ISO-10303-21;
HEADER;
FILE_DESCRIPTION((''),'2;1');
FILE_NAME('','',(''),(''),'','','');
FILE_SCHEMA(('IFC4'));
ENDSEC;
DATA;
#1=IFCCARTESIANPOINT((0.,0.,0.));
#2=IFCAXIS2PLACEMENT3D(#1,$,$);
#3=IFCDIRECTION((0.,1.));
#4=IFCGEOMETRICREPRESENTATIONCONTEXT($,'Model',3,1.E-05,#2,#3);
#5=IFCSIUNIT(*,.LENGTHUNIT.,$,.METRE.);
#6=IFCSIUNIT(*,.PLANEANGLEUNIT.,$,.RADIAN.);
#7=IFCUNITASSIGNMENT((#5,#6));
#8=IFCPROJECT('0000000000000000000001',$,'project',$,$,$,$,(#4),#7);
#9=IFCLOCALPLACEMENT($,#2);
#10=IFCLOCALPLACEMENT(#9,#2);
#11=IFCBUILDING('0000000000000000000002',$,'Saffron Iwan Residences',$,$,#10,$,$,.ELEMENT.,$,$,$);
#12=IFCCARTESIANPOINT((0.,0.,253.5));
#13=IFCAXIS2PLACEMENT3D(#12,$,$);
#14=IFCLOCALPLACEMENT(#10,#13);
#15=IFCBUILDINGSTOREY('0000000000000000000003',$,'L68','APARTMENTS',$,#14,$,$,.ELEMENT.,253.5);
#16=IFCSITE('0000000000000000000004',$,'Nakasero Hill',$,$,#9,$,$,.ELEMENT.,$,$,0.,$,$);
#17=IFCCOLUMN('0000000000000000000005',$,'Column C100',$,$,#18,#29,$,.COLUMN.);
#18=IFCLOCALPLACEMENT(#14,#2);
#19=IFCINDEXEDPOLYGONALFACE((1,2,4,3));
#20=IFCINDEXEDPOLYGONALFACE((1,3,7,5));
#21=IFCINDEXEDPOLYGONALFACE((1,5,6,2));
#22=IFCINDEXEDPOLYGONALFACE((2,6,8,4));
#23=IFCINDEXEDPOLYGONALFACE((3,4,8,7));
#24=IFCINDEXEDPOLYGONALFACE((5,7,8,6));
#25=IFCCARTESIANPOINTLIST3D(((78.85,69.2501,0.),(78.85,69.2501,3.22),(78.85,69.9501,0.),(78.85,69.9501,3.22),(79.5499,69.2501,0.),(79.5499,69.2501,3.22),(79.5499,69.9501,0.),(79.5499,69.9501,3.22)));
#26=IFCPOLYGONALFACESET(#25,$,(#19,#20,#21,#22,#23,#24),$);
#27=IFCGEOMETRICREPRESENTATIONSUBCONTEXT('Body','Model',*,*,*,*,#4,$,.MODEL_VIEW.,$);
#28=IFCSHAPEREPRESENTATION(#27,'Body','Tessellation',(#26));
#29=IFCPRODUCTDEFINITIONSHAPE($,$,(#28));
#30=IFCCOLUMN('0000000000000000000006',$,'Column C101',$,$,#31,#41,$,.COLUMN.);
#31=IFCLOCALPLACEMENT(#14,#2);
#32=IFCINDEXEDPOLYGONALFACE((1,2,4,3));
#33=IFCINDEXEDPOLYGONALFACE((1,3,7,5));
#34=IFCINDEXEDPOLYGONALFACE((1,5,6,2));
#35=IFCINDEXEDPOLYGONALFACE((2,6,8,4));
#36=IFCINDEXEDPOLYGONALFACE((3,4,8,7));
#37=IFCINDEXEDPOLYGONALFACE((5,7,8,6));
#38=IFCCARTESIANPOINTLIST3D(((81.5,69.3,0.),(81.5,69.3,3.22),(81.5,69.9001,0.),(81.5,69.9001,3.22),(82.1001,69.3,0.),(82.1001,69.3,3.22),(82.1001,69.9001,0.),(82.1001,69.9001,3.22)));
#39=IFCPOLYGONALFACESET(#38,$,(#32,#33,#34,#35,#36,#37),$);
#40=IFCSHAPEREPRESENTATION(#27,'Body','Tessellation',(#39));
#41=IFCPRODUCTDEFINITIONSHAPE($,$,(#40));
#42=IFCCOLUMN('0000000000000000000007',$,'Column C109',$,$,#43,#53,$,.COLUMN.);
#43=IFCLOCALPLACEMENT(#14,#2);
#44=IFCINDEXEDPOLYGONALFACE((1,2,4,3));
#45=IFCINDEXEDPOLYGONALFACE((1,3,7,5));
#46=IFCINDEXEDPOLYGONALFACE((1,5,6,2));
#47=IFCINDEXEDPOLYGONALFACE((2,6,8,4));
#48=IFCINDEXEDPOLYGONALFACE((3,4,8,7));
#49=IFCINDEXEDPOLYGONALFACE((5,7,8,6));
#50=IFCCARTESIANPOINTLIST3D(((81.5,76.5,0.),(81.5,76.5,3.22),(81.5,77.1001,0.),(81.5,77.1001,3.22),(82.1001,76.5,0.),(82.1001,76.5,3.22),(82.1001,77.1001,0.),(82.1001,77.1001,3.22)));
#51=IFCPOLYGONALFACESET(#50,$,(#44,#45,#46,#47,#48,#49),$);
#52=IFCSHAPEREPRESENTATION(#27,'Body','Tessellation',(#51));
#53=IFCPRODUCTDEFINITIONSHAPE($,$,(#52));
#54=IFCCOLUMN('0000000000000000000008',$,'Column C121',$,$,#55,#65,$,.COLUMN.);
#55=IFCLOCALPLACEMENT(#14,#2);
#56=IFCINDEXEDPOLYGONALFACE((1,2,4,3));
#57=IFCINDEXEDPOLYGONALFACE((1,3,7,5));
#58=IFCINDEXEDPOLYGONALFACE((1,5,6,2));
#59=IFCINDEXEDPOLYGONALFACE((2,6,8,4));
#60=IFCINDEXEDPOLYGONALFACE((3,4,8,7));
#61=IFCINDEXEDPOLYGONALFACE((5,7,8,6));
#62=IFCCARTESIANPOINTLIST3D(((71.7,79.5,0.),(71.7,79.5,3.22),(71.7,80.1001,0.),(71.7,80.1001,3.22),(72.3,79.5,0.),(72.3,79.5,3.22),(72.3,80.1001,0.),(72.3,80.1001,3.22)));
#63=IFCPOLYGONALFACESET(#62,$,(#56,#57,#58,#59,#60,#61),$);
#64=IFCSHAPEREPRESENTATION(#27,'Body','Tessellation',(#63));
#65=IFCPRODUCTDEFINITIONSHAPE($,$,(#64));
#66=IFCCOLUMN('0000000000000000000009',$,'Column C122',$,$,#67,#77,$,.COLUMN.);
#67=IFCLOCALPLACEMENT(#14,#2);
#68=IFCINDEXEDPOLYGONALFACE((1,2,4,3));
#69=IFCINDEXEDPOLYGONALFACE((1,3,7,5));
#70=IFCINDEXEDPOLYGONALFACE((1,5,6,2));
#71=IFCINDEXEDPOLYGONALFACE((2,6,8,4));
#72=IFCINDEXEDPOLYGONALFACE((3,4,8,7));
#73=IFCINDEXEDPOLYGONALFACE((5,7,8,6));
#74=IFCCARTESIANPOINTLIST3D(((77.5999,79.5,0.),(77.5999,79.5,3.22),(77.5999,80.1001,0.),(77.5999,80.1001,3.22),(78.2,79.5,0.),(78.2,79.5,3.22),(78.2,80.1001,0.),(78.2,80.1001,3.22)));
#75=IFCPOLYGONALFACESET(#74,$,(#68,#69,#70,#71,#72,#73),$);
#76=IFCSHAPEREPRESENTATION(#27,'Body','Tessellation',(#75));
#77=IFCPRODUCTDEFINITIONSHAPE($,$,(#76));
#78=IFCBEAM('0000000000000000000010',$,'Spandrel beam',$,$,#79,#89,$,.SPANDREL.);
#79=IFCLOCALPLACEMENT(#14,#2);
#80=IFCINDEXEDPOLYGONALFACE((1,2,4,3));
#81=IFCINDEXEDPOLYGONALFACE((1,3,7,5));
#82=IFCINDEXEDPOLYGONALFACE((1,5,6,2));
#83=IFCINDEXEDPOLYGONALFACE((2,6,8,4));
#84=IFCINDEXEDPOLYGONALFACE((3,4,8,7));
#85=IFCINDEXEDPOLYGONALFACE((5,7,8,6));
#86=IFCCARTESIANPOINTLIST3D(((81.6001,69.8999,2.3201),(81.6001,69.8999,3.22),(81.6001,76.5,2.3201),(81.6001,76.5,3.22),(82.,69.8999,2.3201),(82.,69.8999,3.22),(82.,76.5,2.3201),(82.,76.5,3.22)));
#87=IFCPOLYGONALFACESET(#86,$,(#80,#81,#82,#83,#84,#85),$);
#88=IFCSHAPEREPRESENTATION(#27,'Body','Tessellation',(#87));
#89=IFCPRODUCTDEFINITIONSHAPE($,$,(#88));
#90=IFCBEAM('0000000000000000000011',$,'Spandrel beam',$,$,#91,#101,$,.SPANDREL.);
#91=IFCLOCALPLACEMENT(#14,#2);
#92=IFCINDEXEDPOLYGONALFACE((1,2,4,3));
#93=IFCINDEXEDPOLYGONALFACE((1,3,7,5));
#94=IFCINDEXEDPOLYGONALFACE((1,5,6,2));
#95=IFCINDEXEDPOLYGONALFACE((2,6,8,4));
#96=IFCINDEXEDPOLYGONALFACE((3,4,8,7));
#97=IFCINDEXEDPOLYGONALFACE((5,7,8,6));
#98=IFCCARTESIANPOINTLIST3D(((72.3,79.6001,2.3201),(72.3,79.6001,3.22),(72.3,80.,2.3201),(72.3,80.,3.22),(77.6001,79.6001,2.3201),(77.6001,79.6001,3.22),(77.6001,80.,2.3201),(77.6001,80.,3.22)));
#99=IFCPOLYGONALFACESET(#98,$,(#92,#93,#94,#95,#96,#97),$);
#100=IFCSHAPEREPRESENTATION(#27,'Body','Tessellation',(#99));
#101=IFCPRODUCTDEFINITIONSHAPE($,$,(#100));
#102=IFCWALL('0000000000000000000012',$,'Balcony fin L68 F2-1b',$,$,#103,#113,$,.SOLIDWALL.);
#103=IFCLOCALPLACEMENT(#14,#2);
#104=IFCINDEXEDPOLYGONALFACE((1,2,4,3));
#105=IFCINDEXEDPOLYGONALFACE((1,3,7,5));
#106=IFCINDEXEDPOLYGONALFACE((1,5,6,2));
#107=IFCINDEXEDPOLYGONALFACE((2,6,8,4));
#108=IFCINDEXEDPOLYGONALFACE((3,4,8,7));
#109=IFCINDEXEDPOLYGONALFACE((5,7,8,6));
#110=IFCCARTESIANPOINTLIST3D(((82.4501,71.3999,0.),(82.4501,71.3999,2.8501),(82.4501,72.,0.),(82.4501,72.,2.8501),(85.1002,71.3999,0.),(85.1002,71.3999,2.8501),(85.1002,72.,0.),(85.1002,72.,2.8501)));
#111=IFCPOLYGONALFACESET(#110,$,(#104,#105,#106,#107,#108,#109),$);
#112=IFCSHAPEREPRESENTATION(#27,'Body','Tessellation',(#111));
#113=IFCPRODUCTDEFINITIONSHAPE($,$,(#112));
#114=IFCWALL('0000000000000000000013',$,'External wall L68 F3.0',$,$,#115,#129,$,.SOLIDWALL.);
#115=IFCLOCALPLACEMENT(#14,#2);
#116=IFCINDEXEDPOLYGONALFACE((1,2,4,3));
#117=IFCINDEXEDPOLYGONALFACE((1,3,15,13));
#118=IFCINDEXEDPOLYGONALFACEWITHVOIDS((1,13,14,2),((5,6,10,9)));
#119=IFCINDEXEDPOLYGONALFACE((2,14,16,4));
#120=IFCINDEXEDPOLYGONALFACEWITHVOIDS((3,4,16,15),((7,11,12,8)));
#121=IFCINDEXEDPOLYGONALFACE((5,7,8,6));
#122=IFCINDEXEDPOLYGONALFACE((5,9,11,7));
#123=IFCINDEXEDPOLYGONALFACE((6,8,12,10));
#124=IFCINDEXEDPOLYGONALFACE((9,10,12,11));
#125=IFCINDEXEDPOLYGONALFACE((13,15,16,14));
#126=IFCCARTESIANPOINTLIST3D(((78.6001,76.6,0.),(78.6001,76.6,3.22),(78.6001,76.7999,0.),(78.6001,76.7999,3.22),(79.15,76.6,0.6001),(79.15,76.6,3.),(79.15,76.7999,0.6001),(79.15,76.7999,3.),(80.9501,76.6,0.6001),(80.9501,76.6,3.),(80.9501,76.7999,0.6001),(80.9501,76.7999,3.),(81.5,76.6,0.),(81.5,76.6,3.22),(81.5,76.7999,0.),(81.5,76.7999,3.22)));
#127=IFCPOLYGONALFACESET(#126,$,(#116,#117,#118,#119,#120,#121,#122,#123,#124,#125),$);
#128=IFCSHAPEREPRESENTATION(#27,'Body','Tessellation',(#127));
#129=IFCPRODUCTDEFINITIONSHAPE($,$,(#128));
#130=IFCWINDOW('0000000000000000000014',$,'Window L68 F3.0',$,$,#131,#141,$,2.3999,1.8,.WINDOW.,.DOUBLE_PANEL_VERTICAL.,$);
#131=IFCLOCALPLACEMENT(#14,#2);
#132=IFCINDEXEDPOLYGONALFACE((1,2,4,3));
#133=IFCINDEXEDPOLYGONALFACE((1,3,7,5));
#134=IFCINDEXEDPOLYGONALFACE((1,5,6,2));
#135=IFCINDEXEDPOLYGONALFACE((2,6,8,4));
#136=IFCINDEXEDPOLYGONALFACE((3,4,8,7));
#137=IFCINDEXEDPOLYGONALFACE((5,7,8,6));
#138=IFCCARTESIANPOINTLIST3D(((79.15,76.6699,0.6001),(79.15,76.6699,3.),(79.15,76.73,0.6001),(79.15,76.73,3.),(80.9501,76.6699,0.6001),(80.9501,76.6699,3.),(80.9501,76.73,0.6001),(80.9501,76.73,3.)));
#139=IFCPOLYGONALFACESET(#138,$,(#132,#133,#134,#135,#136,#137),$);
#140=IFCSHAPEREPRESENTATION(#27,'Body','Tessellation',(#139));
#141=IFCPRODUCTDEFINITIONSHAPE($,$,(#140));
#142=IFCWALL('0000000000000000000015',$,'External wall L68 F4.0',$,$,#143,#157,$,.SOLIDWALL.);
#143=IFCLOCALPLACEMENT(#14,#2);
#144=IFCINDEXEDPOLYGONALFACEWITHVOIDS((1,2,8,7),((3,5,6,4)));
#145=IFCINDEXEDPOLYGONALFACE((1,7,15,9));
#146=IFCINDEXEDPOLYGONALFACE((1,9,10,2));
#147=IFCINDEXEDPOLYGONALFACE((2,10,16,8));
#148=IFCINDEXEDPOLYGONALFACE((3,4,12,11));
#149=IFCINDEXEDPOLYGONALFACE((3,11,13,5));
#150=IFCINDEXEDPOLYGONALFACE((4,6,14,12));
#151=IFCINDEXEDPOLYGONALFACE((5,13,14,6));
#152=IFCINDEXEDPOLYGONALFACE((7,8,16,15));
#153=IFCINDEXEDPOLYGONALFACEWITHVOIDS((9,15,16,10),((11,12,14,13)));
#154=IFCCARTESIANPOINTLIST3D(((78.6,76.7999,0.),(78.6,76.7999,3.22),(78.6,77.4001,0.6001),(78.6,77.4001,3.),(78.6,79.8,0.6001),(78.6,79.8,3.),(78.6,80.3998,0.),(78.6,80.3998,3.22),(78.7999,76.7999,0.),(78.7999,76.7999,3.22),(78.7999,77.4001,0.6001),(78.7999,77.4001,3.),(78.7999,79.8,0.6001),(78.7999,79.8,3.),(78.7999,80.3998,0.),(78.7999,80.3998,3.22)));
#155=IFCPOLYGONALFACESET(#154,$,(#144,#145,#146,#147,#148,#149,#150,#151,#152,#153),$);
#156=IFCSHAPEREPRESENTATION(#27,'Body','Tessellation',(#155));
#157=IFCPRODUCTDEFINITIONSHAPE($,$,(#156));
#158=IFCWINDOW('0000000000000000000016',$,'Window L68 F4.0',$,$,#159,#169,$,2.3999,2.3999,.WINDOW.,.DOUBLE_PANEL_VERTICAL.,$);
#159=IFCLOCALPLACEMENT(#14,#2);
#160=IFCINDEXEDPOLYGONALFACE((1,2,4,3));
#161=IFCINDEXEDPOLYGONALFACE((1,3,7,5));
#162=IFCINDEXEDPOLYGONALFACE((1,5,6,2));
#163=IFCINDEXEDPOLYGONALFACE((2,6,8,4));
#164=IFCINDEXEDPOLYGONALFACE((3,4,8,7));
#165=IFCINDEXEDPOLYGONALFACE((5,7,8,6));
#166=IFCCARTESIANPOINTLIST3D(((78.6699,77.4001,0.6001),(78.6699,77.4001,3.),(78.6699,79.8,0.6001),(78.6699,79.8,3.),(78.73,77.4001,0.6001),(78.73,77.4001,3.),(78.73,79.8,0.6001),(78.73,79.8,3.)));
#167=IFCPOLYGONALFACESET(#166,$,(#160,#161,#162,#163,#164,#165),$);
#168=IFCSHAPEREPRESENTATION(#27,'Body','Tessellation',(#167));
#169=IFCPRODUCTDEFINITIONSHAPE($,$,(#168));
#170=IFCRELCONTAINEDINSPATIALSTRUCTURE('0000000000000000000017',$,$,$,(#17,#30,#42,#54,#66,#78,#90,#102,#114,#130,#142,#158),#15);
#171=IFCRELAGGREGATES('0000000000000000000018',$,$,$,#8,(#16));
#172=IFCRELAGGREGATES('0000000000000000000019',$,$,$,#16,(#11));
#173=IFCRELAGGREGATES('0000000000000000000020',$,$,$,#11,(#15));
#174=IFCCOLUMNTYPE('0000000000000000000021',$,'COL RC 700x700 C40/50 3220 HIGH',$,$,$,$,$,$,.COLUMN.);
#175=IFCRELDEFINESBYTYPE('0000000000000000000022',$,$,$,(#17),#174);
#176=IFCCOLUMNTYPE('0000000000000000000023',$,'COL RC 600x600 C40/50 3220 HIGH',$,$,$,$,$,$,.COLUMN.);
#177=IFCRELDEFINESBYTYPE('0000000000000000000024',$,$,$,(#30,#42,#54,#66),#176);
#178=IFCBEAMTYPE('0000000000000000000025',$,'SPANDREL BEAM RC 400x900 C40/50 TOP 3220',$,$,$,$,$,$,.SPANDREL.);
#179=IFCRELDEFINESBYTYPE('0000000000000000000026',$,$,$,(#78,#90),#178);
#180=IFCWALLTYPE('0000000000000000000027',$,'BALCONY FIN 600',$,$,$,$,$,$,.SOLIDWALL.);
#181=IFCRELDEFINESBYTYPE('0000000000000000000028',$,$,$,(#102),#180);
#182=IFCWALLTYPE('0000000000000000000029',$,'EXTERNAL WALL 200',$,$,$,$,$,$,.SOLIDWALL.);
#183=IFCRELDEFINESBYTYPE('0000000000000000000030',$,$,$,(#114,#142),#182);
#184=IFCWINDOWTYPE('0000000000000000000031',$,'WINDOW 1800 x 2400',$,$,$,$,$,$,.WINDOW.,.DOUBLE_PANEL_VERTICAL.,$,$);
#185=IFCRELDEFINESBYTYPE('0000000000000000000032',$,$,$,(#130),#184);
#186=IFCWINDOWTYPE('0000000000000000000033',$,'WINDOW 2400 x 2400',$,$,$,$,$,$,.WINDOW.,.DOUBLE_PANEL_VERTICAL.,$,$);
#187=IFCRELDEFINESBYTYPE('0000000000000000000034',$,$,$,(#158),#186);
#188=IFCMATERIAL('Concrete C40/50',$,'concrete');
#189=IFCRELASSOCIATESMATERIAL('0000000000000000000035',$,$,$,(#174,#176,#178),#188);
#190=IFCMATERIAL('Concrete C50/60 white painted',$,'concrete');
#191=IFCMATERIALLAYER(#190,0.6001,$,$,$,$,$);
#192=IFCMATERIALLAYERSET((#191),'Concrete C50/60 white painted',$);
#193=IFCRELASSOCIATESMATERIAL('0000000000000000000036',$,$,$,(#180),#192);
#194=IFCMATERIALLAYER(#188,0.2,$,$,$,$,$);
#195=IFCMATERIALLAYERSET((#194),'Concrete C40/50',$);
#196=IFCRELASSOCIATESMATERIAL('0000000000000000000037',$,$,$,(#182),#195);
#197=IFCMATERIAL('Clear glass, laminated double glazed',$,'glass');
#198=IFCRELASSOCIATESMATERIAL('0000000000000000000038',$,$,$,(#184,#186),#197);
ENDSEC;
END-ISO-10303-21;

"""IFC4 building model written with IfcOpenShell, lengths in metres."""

from ifc_helpers import new_model, si_unit, direction, frame, frame_2d, origin, origin_2d, place, context, subcontext, project, spatial, rectangle, extrude, source, transform, mapped, material, layer, layer_set, material_profile, profile_set, type_object, element, fill, save


model = new_model("IFC4")

# Units and contexts
model_context = context("Model", 3, precision=1e-05, world=origin(), true_north=direction((0.0, 1.0)))
body_context = subcontext(model_context, "Body", "Model", "MODEL_VIEW")
ifc_project = project(units=[si_unit("LENGTHUNIT", "METRE"), si_unit("PLANEANGLEUNIT", "RADIAN")], contexts=[model_context])

# Site, building, storey
site_placement = place(None, origin())
site = spatial("IfcSite", under=ifc_project, at=site_placement, Name="Nakasero Hill", CompositionType="ELEMENT", RefElevation=0.0)
building_placement = place(site_placement, origin())
building = spatial("IfcBuilding", under=site, at=building_placement, Name="Saffron Iwan Residences", CompositionType="ELEMENT")
storey_placement = place(building_placement, frame((0.0, 0.0, 253.5)))
storey = spatial("IfcBuildingStorey", under=building, at=storey_placement, Name="L68", Description="APARTMENTS", CompositionType="ELEMENT", Elevation=253.5)

# Columns
ifc_material_1 = material(Name="Concrete C40/50", Category="concrete")
ifc_material_profile_1 = material_profile(ifc_material_1, rectangle(XDim=0.7, YDim=0.7, at=origin_2d()), Name="RC 700x700")
ifc_profile_set_1 = profile_set([ifc_material_profile_1], Name="Concrete C40/50")
column_type_1 = type_object("IfcColumnType", Name="COL RC 700x700 C40/50 3220 HIGH", PredefinedType="COLUMN", material=ifc_profile_set_1)
shared_shape_1 = source(origin(), body_context, "Body", "SweptSolid", [
    extrude(rectangle(XDim=0.7, YDim=0.7, at=origin_2d()), origin(), (0.0, 0.0, 1.0), 3.22),
])
column_placement = place(storey_placement, frame((79.2, 69.6001, 0.0), z_axis=(0.0, 0.0, 1.0), x_axis=(1.0, 0.0, 0.0)))
element("IfcColumn", 1, at=column_placement, inside=storey, type_object=column_type_1, Name="Column C100", PredefinedType="COLUMN", context=body_context, shape_type="MappedRepresentation", body=[
    mapped(shared_shape_1, transform((0.0, 0.0, 0.0))),
])
ifc_material_profile_2 = material_profile(ifc_material_1, rectangle(XDim=0.6001, YDim=0.6001, at=origin_2d()), Name="RC 600x600")
ifc_profile_set_2 = profile_set([ifc_material_profile_2], Name="Concrete C40/50")
column_type_2 = type_object("IfcColumnType", Name="COL RC 600x600 C40/50 3220 HIGH", PredefinedType="COLUMN", material=ifc_profile_set_2)
shared_shape_2 = source(origin(), body_context, "Body", "SweptSolid", [
    extrude(rectangle(XDim=0.6001, YDim=0.6001, at=origin_2d()), origin(), (0.0, 0.0, 1.0), 3.22),
])
for number, where, z_axis, x_axis, name in (
    (2, (81.8, 69.6001, 0.0), (0.0, 0.0, 1.0), (1.0, 0.0, 0.0), "Column C101"),
    (3, (81.8, 76.8, 0.0), (0.0, 0.0, 1.0), (1.0, 0.0, 0.0), "Column C109"),
    (4, (72.0, 79.8, 0.0), (0.0, 0.0, 1.0), (1.0, 0.0, 0.0), "Column C121"),
    (5, (77.8999, 79.8, 0.0), (0.0, 0.0, 1.0), (1.0, 0.0, 0.0), "Column C122"),
):
    element("IfcColumn", number, at=place(storey_placement, frame(where, z_axis=z_axis, x_axis=x_axis)), inside=storey, type_object=column_type_2, Name=name, PredefinedType="COLUMN", context=body_context, shape_type="MappedRepresentation", body=[
        mapped(shared_shape_2, transform((0.0, 0.0, 0.0))),
    ])

# Beams
ifc_material_profile_3 = material_profile(ifc_material_1, rectangle(XDim=0.3999, YDim=0.8999, at=origin_2d()), Name="RC 400x900")
ifc_profile_set_3 = profile_set([ifc_material_profile_3], Name="Concrete C40/50")
beam_type = type_object("IfcBeamType", Name="SPANDREL BEAM RC 400x900 C40/50 TOP 3220", PredefinedType="SPANDREL", material=ifc_profile_set_3)
shared_shape_3 = source(origin(), body_context, "Body", "SweptSolid", [
    extrude(rectangle(XDim=0.3999, YDim=0.8999, at=origin_2d()), origin(), (0.0, 0.0, 1.0), 6.6001),
])
beam_1_placement = place(storey_placement, frame((81.8, 76.5, 2.77), z_axis=(0.0, -1.0, 0.0), x_axis=(1.0, 0.0, 0.0)))
element("IfcBeam", 6, at=beam_1_placement, inside=storey, type_object=beam_type, Name="Spandrel beam", PredefinedType="SPANDREL", context=body_context, shape_type="MappedRepresentation", body=[
    mapped(shared_shape_3, transform((0.0, 0.0, 0.0))),
])
shared_shape_4 = source(origin(), body_context, "Body", "SweptSolid", [
    extrude(rectangle(XDim=0.3999, YDim=0.8999, at=origin_2d()), origin(), (0.0, 0.0, 1.0), 5.3),
])
beam_2_placement = place(storey_placement, frame((72.3, 79.8, 2.77), z_axis=(1.0, 0.0, 0.0), x_axis=(0.0, 1.0, 0.0)))
element("IfcBeam", 7, at=beam_2_placement, inside=storey, type_object=beam_type, Name="Spandrel beam", PredefinedType="SPANDREL", context=body_context, shape_type="MappedRepresentation", body=[
    mapped(shared_shape_4, transform((0.0, 0.0, 0.0))),
])

# Wall
ifc_material_2 = material(Name="Concrete C50/60 white painted", Category="concrete")
ifc_layer_1 = layer(ifc_material_2, 0.6001)
ifc_layer_set_1 = layer_set([ifc_layer_1], Name="Concrete C50/60 white painted")
wall_type_1 = type_object("IfcWallType", Name="BALCONY FIN 600", PredefinedType="SOLIDWALL", material=ifc_layer_set_1)
wall_1_placement = place(storey_placement, frame((82.45, 71.7, 0.0), z_axis=(0.0, 0.0, 1.0), x_axis=(1.0, 0.0, 0.0)))
element("IfcWall", 8, at=wall_1_placement, inside=storey, type_object=wall_type_1, Name="Balcony fin L68 F2-1b", PredefinedType="SOLIDWALL", context=body_context, shape_type="SweptSolid", body=[
    extrude(rectangle(XDim=2.6501, YDim=0.6001, at=frame_2d((1.3252, 0.0))), origin(), (0.0, 0.0, 1.0), 2.8501),
])

# Walls, openings, windows
ifc_layer_2 = layer(ifc_material_1, 0.2)
ifc_layer_set_2 = layer_set([ifc_layer_2], Name="Concrete C40/50")
wall_type_2 = type_object("IfcWallType", Name="EXTERNAL WALL 200", PredefinedType="SOLIDWALL", material=ifc_layer_set_2)
wall_2_placement = place(storey_placement, frame((81.5, 76.7, 0.0), z_axis=(0.0, 0.0, 1.0), x_axis=(-1.0, 0.0, 0.0)))
wall_2 = element("IfcWall", 9, at=wall_2_placement, inside=storey, type_object=wall_type_2, Name="External wall L68 F3.0", PredefinedType="SOLIDWALL", context=body_context, shape_type="SweptSolid", body=[
    extrude(rectangle(XDim=2.8999, YDim=0.2, at=frame_2d((1.45, 0.0))), origin(), (0.0, 0.0, 1.0), 3.22),
])
opening_1_placement = place(wall_2_placement, frame((0.55, 0.0, 0.6001)))
opening_1 = element("IfcOpeningElement", 10, at=opening_1_placement, cuts=wall_2, PredefinedType="OPENING", context=body_context, shape_type="SweptSolid", body=[
    extrude(rectangle(XDim=1.8, YDim=2.3999, at=frame_2d((0.8999, 1.2))), frame((0.0, 0.1099, 0.0), z_axis=(0.0, -1.0, 0.0), x_axis=(1.0, 0.0, 0.0)), (0.0, 0.0, 1.0), 0.22),
])
ifc_material_3 = material(Name="Clear glass, laminated double glazed", Category="glass")
window_type_1 = type_object("IfcWindowType", Name="WINDOW 1800 x 2400", PartitioningType="DOUBLE_PANEL_VERTICAL", PredefinedType="WINDOW", material=ifc_material_3)
window_1_placement = place(opening_1_placement, origin())
window_1 = element("IfcWindow", 11, at=window_1_placement, inside=storey, type_object=window_type_1, Name="Window L68 F3.0", OverallHeight=2.3999, OverallWidth=1.8, PartitioningType="DOUBLE_PANEL_VERTICAL", PredefinedType="WINDOW", context=body_context, shape_type="SweptSolid", body=[
    extrude(rectangle(XDim=1.8, YDim=2.3999, at=frame_2d((0.8999, 1.2))), frame((0.0, 0.03, 0.0), z_axis=(0.0, -1.0, 0.0), x_axis=(1.0, 0.0, 0.0)), (0.0, 0.0, 1.0), 0.0601),
])
fill(opening_1, window_1)
wall_3_placement = place(storey_placement, frame((78.7, 76.8, 0.0), z_axis=(0.0, 0.0, 1.0), x_axis=(0.0, 1.0, 0.0)))
wall_3 = element("IfcWall", 12, at=wall_3_placement, inside=storey, type_object=wall_type_2, Name="External wall L68 F4.0", PredefinedType="SOLIDWALL", context=body_context, shape_type="SweptSolid", body=[
    extrude(rectangle(XDim=3.5999, YDim=0.2, at=frame_2d((1.7998, 0.0))), origin(), (0.0, 0.0, 1.0), 3.22),
])
opening_2_placement = place(wall_3_placement, frame((0.6001, 0.0, 0.6001)))
opening_2 = element("IfcOpeningElement", 13, at=opening_2_placement, cuts=wall_3, PredefinedType="OPENING", context=body_context, shape_type="SweptSolid", body=[
    extrude(rectangle(XDim=2.3999, YDim=2.3999, at=frame_2d((1.2, 1.2))), frame((0.0, 0.1099, 0.0), z_axis=(0.0, -1.0, 0.0), x_axis=(1.0, 0.0, 0.0)), (0.0, 0.0, 1.0), 0.22),
])
window_type_2 = type_object("IfcWindowType", Name="WINDOW 2400 x 2400", PartitioningType="DOUBLE_PANEL_VERTICAL", PredefinedType="WINDOW", material=ifc_material_3)
window_2_placement = place(opening_2_placement, origin())
window_2 = element("IfcWindow", 14, at=window_2_placement, inside=storey, type_object=window_type_2, Name="Window L68 F4.0", OverallHeight=2.3999, OverallWidth=2.3999, PartitioningType="DOUBLE_PANEL_VERTICAL", PredefinedType="WINDOW", context=body_context, shape_type="SweptSolid", body=[
    extrude(rectangle(XDim=2.3999, YDim=2.3999, at=frame_2d((1.2, 1.2))), frame((0.0, 0.03, 0.0), z_axis=(0.0, -1.0, 0.0), x_axis=(1.0, 0.0, 0.0)), (0.0, 0.0, 1.0), 0.0601),
])
fill(opening_2, window_2)

save(model, "model.ifc")
